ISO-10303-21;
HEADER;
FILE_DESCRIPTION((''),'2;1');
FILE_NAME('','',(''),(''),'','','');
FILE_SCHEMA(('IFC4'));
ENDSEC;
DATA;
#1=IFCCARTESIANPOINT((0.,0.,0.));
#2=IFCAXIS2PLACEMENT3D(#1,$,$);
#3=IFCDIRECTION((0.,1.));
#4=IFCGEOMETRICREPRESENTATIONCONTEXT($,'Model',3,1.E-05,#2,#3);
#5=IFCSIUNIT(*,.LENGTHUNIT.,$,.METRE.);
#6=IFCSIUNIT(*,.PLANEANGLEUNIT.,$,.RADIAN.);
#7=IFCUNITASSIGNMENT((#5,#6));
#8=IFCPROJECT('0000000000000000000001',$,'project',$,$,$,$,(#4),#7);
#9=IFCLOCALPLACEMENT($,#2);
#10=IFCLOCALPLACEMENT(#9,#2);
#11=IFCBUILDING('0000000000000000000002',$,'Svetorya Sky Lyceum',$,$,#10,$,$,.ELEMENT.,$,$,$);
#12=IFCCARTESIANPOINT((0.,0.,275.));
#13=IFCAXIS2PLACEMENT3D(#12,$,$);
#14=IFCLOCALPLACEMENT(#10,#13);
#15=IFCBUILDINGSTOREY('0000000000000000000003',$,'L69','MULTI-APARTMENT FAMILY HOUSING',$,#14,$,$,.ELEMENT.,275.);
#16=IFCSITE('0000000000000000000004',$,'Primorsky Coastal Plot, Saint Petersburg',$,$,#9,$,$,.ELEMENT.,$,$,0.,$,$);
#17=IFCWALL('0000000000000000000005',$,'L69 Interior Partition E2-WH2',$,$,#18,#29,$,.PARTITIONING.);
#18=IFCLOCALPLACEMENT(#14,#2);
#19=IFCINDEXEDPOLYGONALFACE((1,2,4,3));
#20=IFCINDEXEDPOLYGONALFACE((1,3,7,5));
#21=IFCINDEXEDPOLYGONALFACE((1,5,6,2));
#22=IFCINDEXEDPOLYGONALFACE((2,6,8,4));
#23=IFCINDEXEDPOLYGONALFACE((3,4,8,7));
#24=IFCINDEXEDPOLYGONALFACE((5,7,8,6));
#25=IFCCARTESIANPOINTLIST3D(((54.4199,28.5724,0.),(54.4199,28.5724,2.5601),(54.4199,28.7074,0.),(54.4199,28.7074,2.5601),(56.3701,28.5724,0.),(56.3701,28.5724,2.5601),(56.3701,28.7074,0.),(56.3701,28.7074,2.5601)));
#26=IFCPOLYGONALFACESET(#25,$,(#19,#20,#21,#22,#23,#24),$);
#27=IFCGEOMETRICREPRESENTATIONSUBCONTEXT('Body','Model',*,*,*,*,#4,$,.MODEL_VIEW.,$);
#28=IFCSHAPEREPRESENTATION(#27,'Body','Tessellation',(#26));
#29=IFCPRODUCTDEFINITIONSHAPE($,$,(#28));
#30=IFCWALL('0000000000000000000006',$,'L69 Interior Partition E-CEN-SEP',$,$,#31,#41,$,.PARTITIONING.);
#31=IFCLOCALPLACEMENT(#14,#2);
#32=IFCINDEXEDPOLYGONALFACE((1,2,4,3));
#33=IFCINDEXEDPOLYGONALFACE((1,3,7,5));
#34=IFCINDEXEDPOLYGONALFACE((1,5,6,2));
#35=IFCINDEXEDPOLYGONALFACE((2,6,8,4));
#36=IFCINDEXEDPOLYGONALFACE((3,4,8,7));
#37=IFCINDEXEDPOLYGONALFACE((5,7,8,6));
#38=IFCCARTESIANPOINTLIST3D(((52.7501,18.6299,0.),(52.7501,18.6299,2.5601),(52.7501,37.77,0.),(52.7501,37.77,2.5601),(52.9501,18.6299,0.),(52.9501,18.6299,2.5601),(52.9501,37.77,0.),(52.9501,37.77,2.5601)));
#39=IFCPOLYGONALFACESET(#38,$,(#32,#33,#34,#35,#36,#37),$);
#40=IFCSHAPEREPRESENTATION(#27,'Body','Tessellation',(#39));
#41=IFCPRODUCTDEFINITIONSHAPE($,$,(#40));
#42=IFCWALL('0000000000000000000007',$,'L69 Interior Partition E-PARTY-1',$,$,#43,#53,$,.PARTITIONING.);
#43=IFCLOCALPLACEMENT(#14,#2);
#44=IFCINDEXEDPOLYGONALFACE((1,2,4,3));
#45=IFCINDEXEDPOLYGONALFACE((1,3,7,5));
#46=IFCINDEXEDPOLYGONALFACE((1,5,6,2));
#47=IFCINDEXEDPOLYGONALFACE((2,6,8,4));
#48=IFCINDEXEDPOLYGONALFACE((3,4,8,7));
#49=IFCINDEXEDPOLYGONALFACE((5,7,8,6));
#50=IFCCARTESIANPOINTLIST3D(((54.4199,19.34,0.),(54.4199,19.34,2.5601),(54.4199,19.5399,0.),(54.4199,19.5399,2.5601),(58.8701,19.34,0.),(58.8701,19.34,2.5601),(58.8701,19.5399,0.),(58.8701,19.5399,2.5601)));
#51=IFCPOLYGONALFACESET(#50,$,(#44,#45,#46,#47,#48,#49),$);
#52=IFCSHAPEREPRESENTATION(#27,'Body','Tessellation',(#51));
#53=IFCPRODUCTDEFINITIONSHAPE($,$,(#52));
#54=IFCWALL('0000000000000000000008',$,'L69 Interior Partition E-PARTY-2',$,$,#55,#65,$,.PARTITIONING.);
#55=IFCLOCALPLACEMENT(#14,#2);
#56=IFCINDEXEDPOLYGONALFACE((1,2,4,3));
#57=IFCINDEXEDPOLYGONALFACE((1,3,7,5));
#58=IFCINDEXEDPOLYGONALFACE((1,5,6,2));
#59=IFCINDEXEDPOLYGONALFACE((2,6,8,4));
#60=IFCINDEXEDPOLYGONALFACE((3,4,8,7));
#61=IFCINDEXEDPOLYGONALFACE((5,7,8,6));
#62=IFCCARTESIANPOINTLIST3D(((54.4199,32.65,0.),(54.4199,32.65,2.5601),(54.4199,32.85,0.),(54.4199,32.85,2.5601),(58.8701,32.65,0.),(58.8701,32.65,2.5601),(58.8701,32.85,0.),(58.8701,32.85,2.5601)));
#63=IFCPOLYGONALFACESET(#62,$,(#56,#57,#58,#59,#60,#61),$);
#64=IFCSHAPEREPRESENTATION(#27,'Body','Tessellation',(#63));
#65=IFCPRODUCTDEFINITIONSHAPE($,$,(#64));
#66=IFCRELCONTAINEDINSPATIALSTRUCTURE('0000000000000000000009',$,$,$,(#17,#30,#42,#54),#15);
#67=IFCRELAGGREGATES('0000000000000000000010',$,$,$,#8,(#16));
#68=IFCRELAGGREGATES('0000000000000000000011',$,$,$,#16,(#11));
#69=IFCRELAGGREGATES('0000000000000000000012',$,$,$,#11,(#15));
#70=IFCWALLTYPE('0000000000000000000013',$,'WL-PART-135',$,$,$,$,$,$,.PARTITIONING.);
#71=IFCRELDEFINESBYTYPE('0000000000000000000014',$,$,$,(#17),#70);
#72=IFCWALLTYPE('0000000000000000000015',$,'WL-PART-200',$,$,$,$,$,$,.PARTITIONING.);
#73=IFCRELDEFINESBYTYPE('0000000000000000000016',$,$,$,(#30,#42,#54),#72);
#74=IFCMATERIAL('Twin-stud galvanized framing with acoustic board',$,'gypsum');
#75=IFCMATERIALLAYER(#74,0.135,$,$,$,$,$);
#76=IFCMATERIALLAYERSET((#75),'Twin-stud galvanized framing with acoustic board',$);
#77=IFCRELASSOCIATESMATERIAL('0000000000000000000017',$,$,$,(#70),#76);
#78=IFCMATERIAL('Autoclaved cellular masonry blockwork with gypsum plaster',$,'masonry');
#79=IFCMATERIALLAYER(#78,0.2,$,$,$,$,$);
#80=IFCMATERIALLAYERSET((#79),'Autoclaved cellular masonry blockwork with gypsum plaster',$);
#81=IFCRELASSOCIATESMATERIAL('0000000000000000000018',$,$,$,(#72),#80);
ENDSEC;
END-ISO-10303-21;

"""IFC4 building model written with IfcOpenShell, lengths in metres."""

from ifc_helpers import new_model, si_unit, direction, frame, frame_2d, origin, place, context, subcontext, project, spatial, rectangle, extrude, material, layer, layer_set, type_object, element, save


model = new_model("IFC4")

# Units and contexts
model_context = context("Model", 3, precision=1e-05, world=origin(), true_north=direction((0.0, 1.0)))
body_context = subcontext(model_context, "Body", "Model", "MODEL_VIEW")
ifc_project = project(units=[si_unit("LENGTHUNIT", "METRE"), si_unit("PLANEANGLEUNIT", "RADIAN")], contexts=[model_context])

# Site, building, storey
site_placement = place(None, origin())
site = spatial("IfcSite", under=ifc_project, at=site_placement, Name="Primorsky Coastal Plot, Saint Petersburg", CompositionType="ELEMENT", RefElevation=0.0)
building_placement = place(site_placement, origin())
building = spatial("IfcBuilding", under=site, at=building_placement, Name="Svetorya Sky Lyceum", CompositionType="ELEMENT")
storey_placement = place(building_placement, frame((0.0, 0.0, 275.0)))
storey = spatial("IfcBuildingStorey", under=building, at=storey_placement, Name="L69", Description="MULTI-APARTMENT FAMILY HOUSING", CompositionType="ELEMENT", Elevation=275.0)

# Walls
ifc_material_1 = material(Name="Twin-stud galvanized framing with acoustic board", Category="gypsum")
ifc_layer_1 = layer(ifc_material_1, 0.135)
ifc_layer_set_1 = layer_set([ifc_layer_1], Name="Twin-stud galvanized framing with acoustic board")
wall_type_1 = type_object("IfcWallType", Name="WL-PART-135", PredefinedType="PARTITIONING", material=ifc_layer_set_1)
wall_1_placement = place(storey_placement, frame((54.4199, 28.6399, 0.0), z_axis=(0.0, 0.0, 1.0), x_axis=(1.0, 0.0, 0.0)))
element("IfcWall", 1, at=wall_1_placement, inside=storey, type_object=wall_type_1, Name="L69 Interior Partition E2-WH2", PredefinedType="PARTITIONING", context=body_context, shape_type="SweptSolid", body=[
    extrude(rectangle(XDim=1.9502, YDim=0.135, at=frame_2d((0.9751, 0.0))), origin(), (0.0, 0.0, 1.0), 2.5601),
])
ifc_material_2 = material(Name="Autoclaved cellular masonry blockwork with gypsum plaster", Category="masonry")
ifc_layer_2 = layer(ifc_material_2, 0.2)
ifc_layer_set_2 = layer_set([ifc_layer_2], Name="Autoclaved cellular masonry blockwork with gypsum plaster")
wall_type_2 = type_object("IfcWallType", Name="WL-PART-200", PredefinedType="PARTITIONING", material=ifc_layer_set_2)
wall_2_placement = place(storey_placement, frame((52.8501, 18.6299, 0.0), z_axis=(0.0, 0.0, 1.0), x_axis=(0.0, 1.0, 0.0)))
element("IfcWall", 2, at=wall_2_placement, inside=storey, type_object=wall_type_2, Name="L69 Interior Partition E-CEN-SEP", PredefinedType="PARTITIONING", context=body_context, shape_type="SweptSolid", body=[
    extrude(rectangle(XDim=19.1401, YDim=0.2, at=frame_2d((9.5701, 0.0))), origin(), (0.0, 0.0, 1.0), 2.5601),
])
for number, where, z_axis, x_axis, name in (
    (3, (54.4199, 19.4399, 0.0), (0.0, 0.0, 1.0), (1.0, 0.0, 0.0), "L69 Interior Partition E-PARTY-1"),
    (4, (54.4199, 32.75, 0.0), (0.0, 0.0, 1.0), (1.0, 0.0, 0.0), "L69 Interior Partition E-PARTY-2"),
):
    element("IfcWall", number, at=place(storey_placement, frame(where, z_axis=z_axis, x_axis=x_axis)), inside=storey, type_object=wall_type_2, Name=name, PredefinedType="PARTITIONING", context=body_context, shape_type="SweptSolid", body=[
        extrude(rectangle(XDim=4.4502, YDim=0.2, at=frame_2d((2.2251, 0.0))), origin(), (0.0, 0.0, 1.0), 2.5601),
    ])

save(model, "model.ifc")
